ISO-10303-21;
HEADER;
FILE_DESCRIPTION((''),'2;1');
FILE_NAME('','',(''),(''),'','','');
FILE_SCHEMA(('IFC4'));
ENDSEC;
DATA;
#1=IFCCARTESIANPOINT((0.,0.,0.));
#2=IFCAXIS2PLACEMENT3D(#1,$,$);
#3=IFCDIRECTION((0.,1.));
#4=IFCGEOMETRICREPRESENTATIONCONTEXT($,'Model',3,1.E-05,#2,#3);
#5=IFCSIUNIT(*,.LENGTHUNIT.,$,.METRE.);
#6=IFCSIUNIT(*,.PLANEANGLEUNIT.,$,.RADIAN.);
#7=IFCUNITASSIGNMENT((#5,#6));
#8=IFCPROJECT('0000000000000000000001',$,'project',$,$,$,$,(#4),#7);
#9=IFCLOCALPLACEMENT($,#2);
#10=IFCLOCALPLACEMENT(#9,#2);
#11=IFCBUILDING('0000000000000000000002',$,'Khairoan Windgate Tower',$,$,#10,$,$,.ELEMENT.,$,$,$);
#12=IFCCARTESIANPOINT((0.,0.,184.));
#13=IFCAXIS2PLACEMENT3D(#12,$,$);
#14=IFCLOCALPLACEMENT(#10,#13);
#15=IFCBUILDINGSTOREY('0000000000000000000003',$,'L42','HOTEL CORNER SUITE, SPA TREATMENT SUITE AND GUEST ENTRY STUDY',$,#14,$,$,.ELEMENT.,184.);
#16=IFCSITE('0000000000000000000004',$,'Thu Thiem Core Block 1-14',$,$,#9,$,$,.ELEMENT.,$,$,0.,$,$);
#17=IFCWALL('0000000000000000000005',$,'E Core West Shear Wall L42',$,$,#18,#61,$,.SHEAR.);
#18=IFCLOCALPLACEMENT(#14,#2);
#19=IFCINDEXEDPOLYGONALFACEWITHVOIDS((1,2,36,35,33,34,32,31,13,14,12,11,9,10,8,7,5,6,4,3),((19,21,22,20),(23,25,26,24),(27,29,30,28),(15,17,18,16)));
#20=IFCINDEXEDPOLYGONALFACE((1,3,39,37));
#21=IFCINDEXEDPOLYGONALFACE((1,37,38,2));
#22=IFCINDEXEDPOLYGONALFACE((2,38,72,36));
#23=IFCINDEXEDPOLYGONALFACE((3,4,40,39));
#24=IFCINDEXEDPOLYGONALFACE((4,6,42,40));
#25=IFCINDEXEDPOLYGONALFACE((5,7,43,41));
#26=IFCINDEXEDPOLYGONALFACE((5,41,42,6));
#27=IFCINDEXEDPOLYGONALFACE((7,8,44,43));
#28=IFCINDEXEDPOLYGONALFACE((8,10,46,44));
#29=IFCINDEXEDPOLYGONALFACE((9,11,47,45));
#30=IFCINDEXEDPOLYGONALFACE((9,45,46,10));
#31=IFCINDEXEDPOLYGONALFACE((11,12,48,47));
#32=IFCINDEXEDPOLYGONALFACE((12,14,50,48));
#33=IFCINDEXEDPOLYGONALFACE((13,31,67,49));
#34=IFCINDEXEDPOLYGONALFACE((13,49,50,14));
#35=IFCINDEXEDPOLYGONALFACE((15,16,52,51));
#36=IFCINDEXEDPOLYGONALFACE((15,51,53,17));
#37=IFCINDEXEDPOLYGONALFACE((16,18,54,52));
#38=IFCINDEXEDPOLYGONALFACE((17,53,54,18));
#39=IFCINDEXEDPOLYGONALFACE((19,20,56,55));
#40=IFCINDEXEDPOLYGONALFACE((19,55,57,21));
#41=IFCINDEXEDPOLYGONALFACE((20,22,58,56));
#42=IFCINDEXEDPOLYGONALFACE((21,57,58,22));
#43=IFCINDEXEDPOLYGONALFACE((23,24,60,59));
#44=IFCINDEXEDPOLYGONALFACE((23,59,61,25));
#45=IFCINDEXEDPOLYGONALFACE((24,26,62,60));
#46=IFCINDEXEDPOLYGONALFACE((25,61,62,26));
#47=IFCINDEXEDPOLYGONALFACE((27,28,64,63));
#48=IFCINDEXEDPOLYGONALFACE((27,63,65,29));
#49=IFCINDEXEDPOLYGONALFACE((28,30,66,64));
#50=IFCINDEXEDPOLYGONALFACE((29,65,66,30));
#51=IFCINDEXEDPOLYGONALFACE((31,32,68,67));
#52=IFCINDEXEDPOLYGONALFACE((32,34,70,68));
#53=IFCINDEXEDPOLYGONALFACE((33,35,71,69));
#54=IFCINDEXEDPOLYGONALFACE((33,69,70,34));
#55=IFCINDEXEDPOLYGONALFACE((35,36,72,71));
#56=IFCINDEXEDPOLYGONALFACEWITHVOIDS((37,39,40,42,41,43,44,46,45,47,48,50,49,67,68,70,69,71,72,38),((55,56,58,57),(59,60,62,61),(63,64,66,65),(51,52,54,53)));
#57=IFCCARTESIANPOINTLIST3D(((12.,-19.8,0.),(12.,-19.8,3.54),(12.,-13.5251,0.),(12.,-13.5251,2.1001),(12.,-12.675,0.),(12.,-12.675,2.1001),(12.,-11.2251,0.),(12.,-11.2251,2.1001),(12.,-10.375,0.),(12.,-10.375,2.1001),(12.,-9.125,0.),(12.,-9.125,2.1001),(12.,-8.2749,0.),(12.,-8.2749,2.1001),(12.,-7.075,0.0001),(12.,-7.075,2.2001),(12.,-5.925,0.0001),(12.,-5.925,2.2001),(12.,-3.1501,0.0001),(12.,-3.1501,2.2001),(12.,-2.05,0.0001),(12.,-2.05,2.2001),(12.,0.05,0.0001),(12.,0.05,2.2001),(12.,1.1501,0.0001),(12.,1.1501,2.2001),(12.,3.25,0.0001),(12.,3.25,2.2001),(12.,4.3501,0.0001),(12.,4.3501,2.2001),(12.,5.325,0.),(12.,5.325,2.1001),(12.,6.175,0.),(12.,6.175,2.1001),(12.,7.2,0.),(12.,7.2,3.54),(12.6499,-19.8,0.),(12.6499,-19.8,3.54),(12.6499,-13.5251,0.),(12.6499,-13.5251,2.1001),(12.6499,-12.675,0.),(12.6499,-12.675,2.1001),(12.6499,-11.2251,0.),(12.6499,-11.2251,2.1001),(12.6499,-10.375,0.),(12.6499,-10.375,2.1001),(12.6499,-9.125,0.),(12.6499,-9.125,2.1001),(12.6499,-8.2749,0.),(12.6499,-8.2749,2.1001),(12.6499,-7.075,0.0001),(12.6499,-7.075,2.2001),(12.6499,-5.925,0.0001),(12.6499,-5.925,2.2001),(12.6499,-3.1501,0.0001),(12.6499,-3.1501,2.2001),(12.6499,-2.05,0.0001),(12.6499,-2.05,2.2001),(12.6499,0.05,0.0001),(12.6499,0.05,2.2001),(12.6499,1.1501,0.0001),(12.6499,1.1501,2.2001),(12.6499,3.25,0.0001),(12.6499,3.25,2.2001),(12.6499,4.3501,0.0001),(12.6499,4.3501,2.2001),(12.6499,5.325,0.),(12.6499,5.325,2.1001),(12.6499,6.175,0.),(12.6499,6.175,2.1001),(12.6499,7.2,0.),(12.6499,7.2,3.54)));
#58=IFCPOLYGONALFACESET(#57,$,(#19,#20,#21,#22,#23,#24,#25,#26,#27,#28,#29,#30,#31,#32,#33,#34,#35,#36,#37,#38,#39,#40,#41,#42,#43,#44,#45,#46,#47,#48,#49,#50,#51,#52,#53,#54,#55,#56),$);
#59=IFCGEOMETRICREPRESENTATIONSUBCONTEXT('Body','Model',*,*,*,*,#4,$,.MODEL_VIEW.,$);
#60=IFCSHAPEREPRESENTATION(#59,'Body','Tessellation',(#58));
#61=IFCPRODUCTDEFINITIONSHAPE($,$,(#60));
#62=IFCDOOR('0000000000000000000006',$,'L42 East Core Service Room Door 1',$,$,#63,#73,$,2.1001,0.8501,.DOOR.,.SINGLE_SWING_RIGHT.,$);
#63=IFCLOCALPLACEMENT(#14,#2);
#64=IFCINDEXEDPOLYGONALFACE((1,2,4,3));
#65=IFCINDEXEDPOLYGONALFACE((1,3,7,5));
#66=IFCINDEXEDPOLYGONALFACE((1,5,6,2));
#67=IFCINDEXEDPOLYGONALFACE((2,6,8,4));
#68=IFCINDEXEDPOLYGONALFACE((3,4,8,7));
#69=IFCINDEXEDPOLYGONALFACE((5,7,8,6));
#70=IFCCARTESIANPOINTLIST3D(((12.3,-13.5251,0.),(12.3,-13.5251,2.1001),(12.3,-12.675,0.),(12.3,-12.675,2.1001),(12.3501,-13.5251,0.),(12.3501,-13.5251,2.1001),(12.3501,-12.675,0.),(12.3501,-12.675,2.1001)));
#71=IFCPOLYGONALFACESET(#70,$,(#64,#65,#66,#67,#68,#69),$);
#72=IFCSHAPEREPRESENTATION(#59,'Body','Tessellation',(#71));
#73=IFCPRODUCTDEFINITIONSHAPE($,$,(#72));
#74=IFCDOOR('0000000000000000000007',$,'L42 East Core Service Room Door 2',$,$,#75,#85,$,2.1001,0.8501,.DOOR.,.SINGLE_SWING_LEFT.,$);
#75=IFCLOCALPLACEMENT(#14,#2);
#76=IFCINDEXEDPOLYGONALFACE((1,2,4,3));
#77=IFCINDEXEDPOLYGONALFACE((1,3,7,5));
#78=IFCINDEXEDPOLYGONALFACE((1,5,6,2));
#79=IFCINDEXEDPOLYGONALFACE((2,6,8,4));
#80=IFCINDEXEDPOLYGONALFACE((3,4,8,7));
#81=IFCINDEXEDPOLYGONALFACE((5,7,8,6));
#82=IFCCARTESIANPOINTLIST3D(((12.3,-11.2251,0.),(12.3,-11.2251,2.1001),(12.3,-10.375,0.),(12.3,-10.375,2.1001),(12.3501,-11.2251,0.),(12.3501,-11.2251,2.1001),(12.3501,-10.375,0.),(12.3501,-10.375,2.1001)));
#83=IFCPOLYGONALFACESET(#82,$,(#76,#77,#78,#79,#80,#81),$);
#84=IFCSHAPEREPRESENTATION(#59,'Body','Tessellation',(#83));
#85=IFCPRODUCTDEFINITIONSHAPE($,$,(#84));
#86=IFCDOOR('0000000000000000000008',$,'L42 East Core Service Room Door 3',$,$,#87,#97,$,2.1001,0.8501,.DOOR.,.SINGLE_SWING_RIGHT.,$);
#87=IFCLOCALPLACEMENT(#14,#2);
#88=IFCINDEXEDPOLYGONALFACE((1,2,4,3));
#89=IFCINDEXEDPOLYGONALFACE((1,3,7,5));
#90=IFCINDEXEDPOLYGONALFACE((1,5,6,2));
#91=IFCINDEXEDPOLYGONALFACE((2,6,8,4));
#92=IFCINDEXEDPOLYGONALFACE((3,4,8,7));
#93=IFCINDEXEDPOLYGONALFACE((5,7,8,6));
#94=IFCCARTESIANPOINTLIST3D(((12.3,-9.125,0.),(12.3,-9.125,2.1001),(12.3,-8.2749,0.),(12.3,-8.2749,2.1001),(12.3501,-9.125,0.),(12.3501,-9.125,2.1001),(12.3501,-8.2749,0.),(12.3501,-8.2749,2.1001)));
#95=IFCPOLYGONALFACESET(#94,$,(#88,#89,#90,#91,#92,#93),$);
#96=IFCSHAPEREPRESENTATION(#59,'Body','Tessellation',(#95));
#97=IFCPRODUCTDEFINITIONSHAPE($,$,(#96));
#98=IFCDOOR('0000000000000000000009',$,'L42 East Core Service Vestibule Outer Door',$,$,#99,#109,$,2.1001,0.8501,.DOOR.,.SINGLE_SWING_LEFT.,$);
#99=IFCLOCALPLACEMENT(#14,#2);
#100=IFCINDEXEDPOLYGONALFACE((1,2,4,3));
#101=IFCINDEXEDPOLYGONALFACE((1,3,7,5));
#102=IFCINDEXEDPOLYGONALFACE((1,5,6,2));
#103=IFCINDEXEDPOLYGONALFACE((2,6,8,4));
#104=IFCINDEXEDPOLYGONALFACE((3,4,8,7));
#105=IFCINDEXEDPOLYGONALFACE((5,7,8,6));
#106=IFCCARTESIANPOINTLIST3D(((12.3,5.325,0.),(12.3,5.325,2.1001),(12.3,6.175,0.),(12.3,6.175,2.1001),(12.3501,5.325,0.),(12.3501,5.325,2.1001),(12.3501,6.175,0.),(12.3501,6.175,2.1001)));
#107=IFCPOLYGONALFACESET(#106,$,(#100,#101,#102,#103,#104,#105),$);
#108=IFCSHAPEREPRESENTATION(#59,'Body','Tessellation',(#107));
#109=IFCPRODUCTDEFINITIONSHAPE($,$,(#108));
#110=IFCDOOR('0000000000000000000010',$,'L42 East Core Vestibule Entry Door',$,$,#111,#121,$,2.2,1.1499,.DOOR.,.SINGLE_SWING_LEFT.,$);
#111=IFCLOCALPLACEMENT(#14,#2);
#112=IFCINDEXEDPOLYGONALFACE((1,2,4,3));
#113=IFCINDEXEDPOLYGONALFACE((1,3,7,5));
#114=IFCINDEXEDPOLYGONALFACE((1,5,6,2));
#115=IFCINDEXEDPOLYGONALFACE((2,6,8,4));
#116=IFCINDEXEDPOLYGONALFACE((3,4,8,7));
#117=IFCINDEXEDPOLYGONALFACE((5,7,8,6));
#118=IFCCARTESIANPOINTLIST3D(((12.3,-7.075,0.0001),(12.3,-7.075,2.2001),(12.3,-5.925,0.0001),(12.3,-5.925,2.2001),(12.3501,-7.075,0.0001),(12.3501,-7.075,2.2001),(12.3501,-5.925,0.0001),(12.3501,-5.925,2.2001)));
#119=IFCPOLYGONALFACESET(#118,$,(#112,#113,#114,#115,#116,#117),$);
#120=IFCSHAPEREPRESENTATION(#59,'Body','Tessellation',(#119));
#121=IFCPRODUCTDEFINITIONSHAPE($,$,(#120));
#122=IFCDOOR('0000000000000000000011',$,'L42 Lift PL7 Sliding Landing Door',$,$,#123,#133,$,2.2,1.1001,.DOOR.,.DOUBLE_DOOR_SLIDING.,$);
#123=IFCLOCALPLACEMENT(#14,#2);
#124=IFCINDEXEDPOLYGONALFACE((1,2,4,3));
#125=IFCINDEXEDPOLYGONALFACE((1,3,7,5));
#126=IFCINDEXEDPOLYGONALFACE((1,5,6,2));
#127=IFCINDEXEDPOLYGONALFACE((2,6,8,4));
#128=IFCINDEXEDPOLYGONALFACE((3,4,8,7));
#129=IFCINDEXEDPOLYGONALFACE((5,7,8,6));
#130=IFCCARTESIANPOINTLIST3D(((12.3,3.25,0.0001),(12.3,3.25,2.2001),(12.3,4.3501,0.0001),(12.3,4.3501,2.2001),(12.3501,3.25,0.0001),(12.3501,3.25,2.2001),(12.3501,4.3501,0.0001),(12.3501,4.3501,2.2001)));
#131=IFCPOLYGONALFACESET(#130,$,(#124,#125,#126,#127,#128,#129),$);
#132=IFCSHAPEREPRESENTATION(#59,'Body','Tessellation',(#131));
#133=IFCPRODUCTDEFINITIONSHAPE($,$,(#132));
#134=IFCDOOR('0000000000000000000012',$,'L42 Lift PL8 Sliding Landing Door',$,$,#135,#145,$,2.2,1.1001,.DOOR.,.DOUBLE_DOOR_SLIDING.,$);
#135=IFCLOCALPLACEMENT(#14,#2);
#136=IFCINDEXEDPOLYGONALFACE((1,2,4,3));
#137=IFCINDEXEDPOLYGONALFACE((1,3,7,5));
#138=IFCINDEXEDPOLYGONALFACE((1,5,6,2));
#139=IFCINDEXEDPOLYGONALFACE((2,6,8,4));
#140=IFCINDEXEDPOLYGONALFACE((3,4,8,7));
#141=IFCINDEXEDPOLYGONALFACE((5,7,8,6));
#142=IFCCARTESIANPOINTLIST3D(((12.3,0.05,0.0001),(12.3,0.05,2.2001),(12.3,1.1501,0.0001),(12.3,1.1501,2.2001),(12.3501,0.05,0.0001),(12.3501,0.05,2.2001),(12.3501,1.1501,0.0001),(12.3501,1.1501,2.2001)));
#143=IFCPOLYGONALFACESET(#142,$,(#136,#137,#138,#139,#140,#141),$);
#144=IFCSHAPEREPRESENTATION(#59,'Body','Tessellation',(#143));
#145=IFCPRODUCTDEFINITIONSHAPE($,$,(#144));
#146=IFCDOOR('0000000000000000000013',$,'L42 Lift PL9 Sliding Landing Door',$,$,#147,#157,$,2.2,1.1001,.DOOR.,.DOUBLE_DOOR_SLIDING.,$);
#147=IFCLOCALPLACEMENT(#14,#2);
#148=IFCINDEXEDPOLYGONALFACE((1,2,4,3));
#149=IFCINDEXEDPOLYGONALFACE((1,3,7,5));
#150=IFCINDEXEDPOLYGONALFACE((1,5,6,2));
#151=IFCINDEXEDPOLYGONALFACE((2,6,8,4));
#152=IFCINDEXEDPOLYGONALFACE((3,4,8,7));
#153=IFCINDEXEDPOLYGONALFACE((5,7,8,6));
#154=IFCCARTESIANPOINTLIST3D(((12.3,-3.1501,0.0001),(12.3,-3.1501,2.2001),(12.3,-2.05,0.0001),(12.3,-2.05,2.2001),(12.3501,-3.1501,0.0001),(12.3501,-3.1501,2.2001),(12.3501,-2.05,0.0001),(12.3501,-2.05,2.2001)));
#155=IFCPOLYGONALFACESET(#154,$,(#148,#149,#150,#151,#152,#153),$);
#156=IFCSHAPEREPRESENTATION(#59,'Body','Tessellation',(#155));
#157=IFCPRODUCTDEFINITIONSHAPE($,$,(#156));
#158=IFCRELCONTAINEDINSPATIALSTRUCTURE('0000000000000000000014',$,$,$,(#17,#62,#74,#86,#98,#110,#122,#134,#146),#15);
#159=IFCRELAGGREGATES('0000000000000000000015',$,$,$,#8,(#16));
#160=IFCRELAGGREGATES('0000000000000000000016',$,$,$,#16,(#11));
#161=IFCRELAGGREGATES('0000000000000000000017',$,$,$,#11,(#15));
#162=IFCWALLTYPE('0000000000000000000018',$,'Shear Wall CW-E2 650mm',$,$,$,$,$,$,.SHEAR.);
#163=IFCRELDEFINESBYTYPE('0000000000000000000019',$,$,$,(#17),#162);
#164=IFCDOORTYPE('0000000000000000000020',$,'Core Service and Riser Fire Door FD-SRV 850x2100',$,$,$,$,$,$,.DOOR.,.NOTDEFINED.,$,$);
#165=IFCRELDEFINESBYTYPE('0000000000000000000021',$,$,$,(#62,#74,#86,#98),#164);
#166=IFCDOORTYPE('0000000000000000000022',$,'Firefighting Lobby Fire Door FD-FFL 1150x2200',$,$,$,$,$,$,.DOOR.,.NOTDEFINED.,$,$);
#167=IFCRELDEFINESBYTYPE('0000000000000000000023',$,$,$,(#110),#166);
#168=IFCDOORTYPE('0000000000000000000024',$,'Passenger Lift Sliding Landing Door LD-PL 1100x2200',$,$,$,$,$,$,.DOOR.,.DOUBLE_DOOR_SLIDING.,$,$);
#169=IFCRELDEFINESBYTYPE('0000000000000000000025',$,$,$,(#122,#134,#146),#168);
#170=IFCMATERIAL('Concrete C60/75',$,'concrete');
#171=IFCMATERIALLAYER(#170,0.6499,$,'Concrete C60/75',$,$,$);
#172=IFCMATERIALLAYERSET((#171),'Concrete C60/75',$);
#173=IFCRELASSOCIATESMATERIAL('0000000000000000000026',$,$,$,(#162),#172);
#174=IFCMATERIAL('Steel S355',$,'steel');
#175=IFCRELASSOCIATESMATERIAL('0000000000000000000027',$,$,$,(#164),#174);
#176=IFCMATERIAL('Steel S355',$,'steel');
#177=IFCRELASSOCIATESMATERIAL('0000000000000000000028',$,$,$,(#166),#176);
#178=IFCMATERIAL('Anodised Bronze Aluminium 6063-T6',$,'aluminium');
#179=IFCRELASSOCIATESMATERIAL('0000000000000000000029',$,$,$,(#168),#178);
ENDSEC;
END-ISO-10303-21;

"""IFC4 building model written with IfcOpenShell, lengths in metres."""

from ifc_helpers import new_model, si_unit, direction, frame, frame_2d, origin, place, context, subcontext, project, spatial, rectangle, extrude, material, layer, layer_set, type_object, element, fill, save


model = new_model("IFC4")

# Units and contexts
model_context = context("Model", 3, precision=1e-05, world=origin(), true_north=direction((0.0, 1.0)))
body_context = subcontext(model_context, "Body", "Model", "MODEL_VIEW")
ifc_project = project(units=[si_unit("LENGTHUNIT", "METRE"), si_unit("PLANEANGLEUNIT", "RADIAN")], contexts=[model_context])

# Site, building, storey
site_placement = place(None, origin())
site = spatial("IfcSite", under=ifc_project, at=site_placement, Name="Thu Thiem Core Block 1-14", CompositionType="ELEMENT", RefElevation=0.0)
building_placement = place(site_placement, origin())
building = spatial("IfcBuilding", under=site, at=building_placement, Name="Khairoan Windgate Tower", CompositionType="ELEMENT")
storey_placement = place(building_placement, frame((0.0, 0.0, 184.0)))
storey = spatial("IfcBuildingStorey", under=building, at=storey_placement, Name="L42", Description="HOTEL CORNER SUITE, SPA TREATMENT SUITE AND GUEST ENTRY STUDY", CompositionType="ELEMENT", Elevation=184.0)

# Wall, openings, doors
ifc_material_1 = material(Name="Concrete C60/75", Category="concrete")
ifc_layer_1 = layer(ifc_material_1, 0.6499, Name="Concrete C60/75")
ifc_layer_set_1 = layer_set([ifc_layer_1], Name="Concrete C60/75")
wall_type_1 = type_object("IfcWallType", Name="Shear Wall CW-E2 650mm", PredefinedType="SHEAR", material=ifc_layer_set_1)
wall_1_placement = place(storey_placement, frame((12.325, -19.8, 0.0), z_axis=(0.0, 0.0, 1.0), x_axis=(0.0, 1.0, 0.0)))
wall_1 = element("IfcWall", 1, at=wall_1_placement, inside=storey, type_object=wall_type_1, Name="E Core West Shear Wall L42", PredefinedType="SHEAR", context=body_context, shape_type="SweptSolid", body=[
    extrude(rectangle(XDim=27.0, YDim=0.6499, at=frame_2d((13.5, 0.0))), origin(), (0.0, 0.0, 1.0), 3.54),
])
opening_1_placement = place(wall_1_placement, frame((23.05, 0.0, 0.0)))
opening_1 = element("IfcOpeningElement", 2, at=opening_1_placement, cuts=wall_1, PredefinedType="OPENING", context=body_context, shape_type="SweptSolid", body=[
    extrude(rectangle(XDim=1.1001, YDim=2.2, at=frame_2d((0.55, 1.1001))), frame((0.0, 0.335, 0.0), z_axis=(0.0, -1.0, 0.0), x_axis=(1.0, 0.0, 0.0)), (0.0, 0.0, 1.0), 0.6699),
])
opening_2_placement = place(wall_1_placement, frame((19.8501, 0.0, 0.0)))
opening_2 = element("IfcOpeningElement", 3, at=opening_2_placement, cuts=wall_1, PredefinedType="OPENING", context=body_context, shape_type="SweptSolid", body=[
    extrude(rectangle(XDim=1.1001, YDim=2.2, at=frame_2d((0.55, 1.1001))), frame((0.0, 0.335, 0.0), z_axis=(0.0, -1.0, 0.0), x_axis=(1.0, 0.0, 0.0)), (0.0, 0.0, 1.0), 0.6699),
])
opening_3_placement = place(wall_1_placement, frame((16.6499, 0.0, 0.0)))
opening_3 = element("IfcOpeningElement", 4, at=opening_3_placement, cuts=wall_1, PredefinedType="OPENING", context=body_context, shape_type="SweptSolid", body=[
    extrude(rectangle(XDim=1.1001, YDim=2.2, at=frame_2d((0.55, 1.1001))), frame((0.0, 0.335, 0.0), z_axis=(0.0, -1.0, 0.0), x_axis=(1.0, 0.0, 0.0)), (0.0, 0.0, 1.0), 0.6699),
])
opening_4_placement = place(wall_1_placement, frame((6.2749, 0.0, 0.0)))
opening_4 = element("IfcOpeningElement", 5, at=opening_4_placement, cuts=wall_1, PredefinedType="OPENING", context=body_context, shape_type="SweptSolid", body=[
    extrude(rectangle(XDim=0.8501, YDim=2.1001, at=frame_2d((0.425, 1.05))), frame((0.0, 0.335, 0.0), z_axis=(0.0, -1.0, 0.0), x_axis=(1.0, 0.0, 0.0)), (0.0, 0.0, 1.0), 0.6699),
])
opening_5_placement = place(wall_1_placement, frame((8.575, 0.0, 0.0)))
opening_5 = element("IfcOpeningElement", 6, at=opening_5_placement, cuts=wall_1, PredefinedType="OPENING", context=body_context, shape_type="SweptSolid", body=[
    extrude(rectangle(XDim=0.8501, YDim=2.1001, at=frame_2d((0.425, 1.05))), frame((0.0, 0.335, 0.0), z_axis=(0.0, -1.0, 0.0), x_axis=(1.0, 0.0, 0.0)), (0.0, 0.0, 1.0), 0.6699),
])
opening_6_placement = place(wall_1_placement, frame((10.675, 0.0, 0.0)))
opening_6 = element("IfcOpeningElement", 7, at=opening_6_placement, cuts=wall_1, PredefinedType="OPENING", context=body_context, shape_type="SweptSolid", body=[
    extrude(rectangle(XDim=0.8501, YDim=2.1001, at=frame_2d((0.425, 1.05))), frame((0.0, 0.335, 0.0), z_axis=(0.0, -1.0, 0.0), x_axis=(1.0, 0.0, 0.0)), (0.0, 0.0, 1.0), 0.6699),
])
opening_7_placement = place(wall_1_placement, frame((12.7251, 0.0, 0.0)))
opening_7 = element("IfcOpeningElement", 8, at=opening_7_placement, cuts=wall_1, PredefinedType="OPENING", context=body_context, shape_type="SweptSolid", body=[
    extrude(rectangle(XDim=1.1499, YDim=2.2, at=frame_2d((0.575, 1.1001))), frame((0.0, 0.335, 0.0), z_axis=(0.0, -1.0, 0.0), x_axis=(1.0, 0.0, 0.0)), (0.0, 0.0, 1.0), 0.6699),
])
opening_8_placement = place(wall_1_placement, frame((25.125, 0.0, 0.0)))
opening_8 = element("IfcOpeningElement", 9, at=opening_8_placement, cuts=wall_1, PredefinedType="OPENING", context=body_context, shape_type="SweptSolid", body=[
    extrude(rectangle(XDim=0.8501, YDim=2.1001, at=frame_2d((0.425, 1.05))), frame((0.0, 0.335, 0.0), z_axis=(0.0, -1.0, 0.0), x_axis=(1.0, 0.0, 0.0)), (0.0, 0.0, 1.0), 0.6699),
])
ifc_material_2 = material(Name="Steel S355", Category="steel")
door_type_1 = type_object("IfcDoorType", Name="Core Service and Riser Fire Door FD-SRV 850x2100", OperationType="NOTDEFINED", PredefinedType="DOOR", material=ifc_material_2)
door_1_placement = place(opening_4_placement, origin())
door_1 = element("IfcDoor", 10, at=door_1_placement, inside=storey, type_object=door_type_1, Name="L42 East Core Service Room Door 1", OperationType="SINGLE_SWING_RIGHT", OverallHeight=2.1001, OverallWidth=0.8501, PredefinedType="DOOR", context=body_context, shape_type="SweptSolid", body=[
    extrude(rectangle(XDim=0.8501, YDim=2.1001, at=frame_2d((0.425, 1.05))), frame((0.0, 0.0249, 0.0), z_axis=(0.0, -1.0, 0.0), x_axis=(1.0, 0.0, 0.0)), (0.0, 0.0, 1.0), 0.05),
])
fill(opening_4, door_1)
door_2_placement = place(opening_5_placement, origin())
door_2 = element("IfcDoor", 11, at=door_2_placement, inside=storey, type_object=door_type_1, Name="L42 East Core Service Room Door 2", OperationType="SINGLE_SWING_LEFT", OverallHeight=2.1001, OverallWidth=0.8501, PredefinedType="DOOR", context=body_context, shape_type="SweptSolid", body=[
    extrude(rectangle(XDim=0.8501, YDim=2.1001, at=frame_2d((0.425, 1.05))), frame((0.0, 0.0249, 0.0), z_axis=(0.0, -1.0, 0.0), x_axis=(1.0, 0.0, 0.0)), (0.0, 0.0, 1.0), 0.05),
])
fill(opening_5, door_2)
door_3_placement = place(opening_6_placement, origin())
door_3 = element("IfcDoor", 12, at=door_3_placement, inside=storey, type_object=door_type_1, Name="L42 East Core Service Room Door 3", OperationType="SINGLE_SWING_RIGHT", OverallHeight=2.1001, OverallWidth=0.8501, PredefinedType="DOOR", context=body_context, shape_type="SweptSolid", body=[
    extrude(rectangle(XDim=0.8501, YDim=2.1001, at=frame_2d((0.425, 1.05))), frame((0.0, 0.0249, 0.0), z_axis=(0.0, -1.0, 0.0), x_axis=(1.0, 0.0, 0.0)), (0.0, 0.0, 1.0), 0.05),
])
fill(opening_6, door_3)
door_4_placement = place(opening_8_placement, origin())
door_4 = element("IfcDoor", 13, at=door_4_placement, inside=storey, type_object=door_type_1, Name="L42 East Core Service Vestibule Outer Door", OperationType="SINGLE_SWING_LEFT", OverallHeight=2.1001, OverallWidth=0.8501, PredefinedType="DOOR", context=body_context, shape_type="SweptSolid", body=[
    extrude(rectangle(XDim=0.8501, YDim=2.1001, at=frame_2d((0.425, 1.05))), frame((0.0, 0.0249, 0.0), z_axis=(0.0, -1.0, 0.0), x_axis=(1.0, 0.0, 0.0)), (0.0, 0.0, 1.0), 0.05),
])
fill(opening_8, door_4)
ifc_material_3 = material(Name="Steel S355", Category="steel")
door_type_2 = type_object("IfcDoorType", Name="Firefighting Lobby Fire Door FD-FFL 1150x2200", OperationType="NOTDEFINED", PredefinedType="DOOR", material=ifc_material_3)
door_5_placement = place(opening_7_placement, origin())
door_5 = element("IfcDoor", 14, at=door_5_placement, inside=storey, type_object=door_type_2, Name="L42 East Core Vestibule Entry Door", OperationType="SINGLE_SWING_LEFT", OverallHeight=2.2, OverallWidth=1.1499, PredefinedType="DOOR", context=body_context, shape_type="SweptSolid", body=[
    extrude(rectangle(XDim=1.1499, YDim=2.2, at=frame_2d((0.575, 1.1001))), frame((0.0, 0.0249, 0.0), z_axis=(0.0, -1.0, 0.0), x_axis=(1.0, 0.0, 0.0)), (0.0, 0.0, 1.0), 0.05),
])
fill(opening_7, door_5)
ifc_material_4 = material(Name="Anodised Bronze Aluminium 6063-T6", Category="aluminium")
door_type_3 = type_object("IfcDoorType", Name="Passenger Lift Sliding Landing Door LD-PL 1100x2200", OperationType="DOUBLE_DOOR_SLIDING", PredefinedType="DOOR", material=ifc_material_4)
door_6_placement = place(opening_1_placement, origin())
door_6 = element("IfcDoor", 15, at=door_6_placement, inside=storey, type_object=door_type_3, Name="L42 Lift PL7 Sliding Landing Door", OperationType="DOUBLE_DOOR_SLIDING", OverallHeight=2.2, OverallWidth=1.1001, PredefinedType="DOOR", context=body_context, shape_type="SweptSolid", body=[
    extrude(rectangle(XDim=1.1001, YDim=2.2, at=frame_2d((0.55, 1.1001))), frame((0.0, 0.0249, 0.0), z_axis=(0.0, -1.0, 0.0), x_axis=(1.0, 0.0, 0.0)), (0.0, 0.0, 1.0), 0.05),
])
fill(opening_1, door_6)
door_7_placement = place(opening_2_placement, origin())
door_7 = element("IfcDoor", 16, at=door_7_placement, inside=storey, type_object=door_type_3, Name="L42 Lift PL8 Sliding Landing Door", OperationType="DOUBLE_DOOR_SLIDING", OverallHeight=2.2, OverallWidth=1.1001, PredefinedType="DOOR", context=body_context, shape_type="SweptSolid", body=[
    extrude(rectangle(XDim=1.1001, YDim=2.2, at=frame_2d((0.55, 1.1001))), frame((0.0, 0.0249, 0.0), z_axis=(0.0, -1.0, 0.0), x_axis=(1.0, 0.0, 0.0)), (0.0, 0.0, 1.0), 0.05),
])
fill(opening_2, door_7)
door_8_placement = place(opening_3_placement, origin())
door_8 = element("IfcDoor", 17, at=door_8_placement, inside=storey, type_object=door_type_3, Name="L42 Lift PL9 Sliding Landing Door", OperationType="DOUBLE_DOOR_SLIDING", OverallHeight=2.2, OverallWidth=1.1001, PredefinedType="DOOR", context=body_context, shape_type="SweptSolid", body=[
    extrude(rectangle(XDim=1.1001, YDim=2.2, at=frame_2d((0.55, 1.1001))), frame((0.0, 0.0249, 0.0), z_axis=(0.0, -1.0, 0.0), x_axis=(1.0, 0.0, 0.0)), (0.0, 0.0, 1.0), 0.05),
])
fill(opening_3, door_8)

save(model, "model.ifc")
